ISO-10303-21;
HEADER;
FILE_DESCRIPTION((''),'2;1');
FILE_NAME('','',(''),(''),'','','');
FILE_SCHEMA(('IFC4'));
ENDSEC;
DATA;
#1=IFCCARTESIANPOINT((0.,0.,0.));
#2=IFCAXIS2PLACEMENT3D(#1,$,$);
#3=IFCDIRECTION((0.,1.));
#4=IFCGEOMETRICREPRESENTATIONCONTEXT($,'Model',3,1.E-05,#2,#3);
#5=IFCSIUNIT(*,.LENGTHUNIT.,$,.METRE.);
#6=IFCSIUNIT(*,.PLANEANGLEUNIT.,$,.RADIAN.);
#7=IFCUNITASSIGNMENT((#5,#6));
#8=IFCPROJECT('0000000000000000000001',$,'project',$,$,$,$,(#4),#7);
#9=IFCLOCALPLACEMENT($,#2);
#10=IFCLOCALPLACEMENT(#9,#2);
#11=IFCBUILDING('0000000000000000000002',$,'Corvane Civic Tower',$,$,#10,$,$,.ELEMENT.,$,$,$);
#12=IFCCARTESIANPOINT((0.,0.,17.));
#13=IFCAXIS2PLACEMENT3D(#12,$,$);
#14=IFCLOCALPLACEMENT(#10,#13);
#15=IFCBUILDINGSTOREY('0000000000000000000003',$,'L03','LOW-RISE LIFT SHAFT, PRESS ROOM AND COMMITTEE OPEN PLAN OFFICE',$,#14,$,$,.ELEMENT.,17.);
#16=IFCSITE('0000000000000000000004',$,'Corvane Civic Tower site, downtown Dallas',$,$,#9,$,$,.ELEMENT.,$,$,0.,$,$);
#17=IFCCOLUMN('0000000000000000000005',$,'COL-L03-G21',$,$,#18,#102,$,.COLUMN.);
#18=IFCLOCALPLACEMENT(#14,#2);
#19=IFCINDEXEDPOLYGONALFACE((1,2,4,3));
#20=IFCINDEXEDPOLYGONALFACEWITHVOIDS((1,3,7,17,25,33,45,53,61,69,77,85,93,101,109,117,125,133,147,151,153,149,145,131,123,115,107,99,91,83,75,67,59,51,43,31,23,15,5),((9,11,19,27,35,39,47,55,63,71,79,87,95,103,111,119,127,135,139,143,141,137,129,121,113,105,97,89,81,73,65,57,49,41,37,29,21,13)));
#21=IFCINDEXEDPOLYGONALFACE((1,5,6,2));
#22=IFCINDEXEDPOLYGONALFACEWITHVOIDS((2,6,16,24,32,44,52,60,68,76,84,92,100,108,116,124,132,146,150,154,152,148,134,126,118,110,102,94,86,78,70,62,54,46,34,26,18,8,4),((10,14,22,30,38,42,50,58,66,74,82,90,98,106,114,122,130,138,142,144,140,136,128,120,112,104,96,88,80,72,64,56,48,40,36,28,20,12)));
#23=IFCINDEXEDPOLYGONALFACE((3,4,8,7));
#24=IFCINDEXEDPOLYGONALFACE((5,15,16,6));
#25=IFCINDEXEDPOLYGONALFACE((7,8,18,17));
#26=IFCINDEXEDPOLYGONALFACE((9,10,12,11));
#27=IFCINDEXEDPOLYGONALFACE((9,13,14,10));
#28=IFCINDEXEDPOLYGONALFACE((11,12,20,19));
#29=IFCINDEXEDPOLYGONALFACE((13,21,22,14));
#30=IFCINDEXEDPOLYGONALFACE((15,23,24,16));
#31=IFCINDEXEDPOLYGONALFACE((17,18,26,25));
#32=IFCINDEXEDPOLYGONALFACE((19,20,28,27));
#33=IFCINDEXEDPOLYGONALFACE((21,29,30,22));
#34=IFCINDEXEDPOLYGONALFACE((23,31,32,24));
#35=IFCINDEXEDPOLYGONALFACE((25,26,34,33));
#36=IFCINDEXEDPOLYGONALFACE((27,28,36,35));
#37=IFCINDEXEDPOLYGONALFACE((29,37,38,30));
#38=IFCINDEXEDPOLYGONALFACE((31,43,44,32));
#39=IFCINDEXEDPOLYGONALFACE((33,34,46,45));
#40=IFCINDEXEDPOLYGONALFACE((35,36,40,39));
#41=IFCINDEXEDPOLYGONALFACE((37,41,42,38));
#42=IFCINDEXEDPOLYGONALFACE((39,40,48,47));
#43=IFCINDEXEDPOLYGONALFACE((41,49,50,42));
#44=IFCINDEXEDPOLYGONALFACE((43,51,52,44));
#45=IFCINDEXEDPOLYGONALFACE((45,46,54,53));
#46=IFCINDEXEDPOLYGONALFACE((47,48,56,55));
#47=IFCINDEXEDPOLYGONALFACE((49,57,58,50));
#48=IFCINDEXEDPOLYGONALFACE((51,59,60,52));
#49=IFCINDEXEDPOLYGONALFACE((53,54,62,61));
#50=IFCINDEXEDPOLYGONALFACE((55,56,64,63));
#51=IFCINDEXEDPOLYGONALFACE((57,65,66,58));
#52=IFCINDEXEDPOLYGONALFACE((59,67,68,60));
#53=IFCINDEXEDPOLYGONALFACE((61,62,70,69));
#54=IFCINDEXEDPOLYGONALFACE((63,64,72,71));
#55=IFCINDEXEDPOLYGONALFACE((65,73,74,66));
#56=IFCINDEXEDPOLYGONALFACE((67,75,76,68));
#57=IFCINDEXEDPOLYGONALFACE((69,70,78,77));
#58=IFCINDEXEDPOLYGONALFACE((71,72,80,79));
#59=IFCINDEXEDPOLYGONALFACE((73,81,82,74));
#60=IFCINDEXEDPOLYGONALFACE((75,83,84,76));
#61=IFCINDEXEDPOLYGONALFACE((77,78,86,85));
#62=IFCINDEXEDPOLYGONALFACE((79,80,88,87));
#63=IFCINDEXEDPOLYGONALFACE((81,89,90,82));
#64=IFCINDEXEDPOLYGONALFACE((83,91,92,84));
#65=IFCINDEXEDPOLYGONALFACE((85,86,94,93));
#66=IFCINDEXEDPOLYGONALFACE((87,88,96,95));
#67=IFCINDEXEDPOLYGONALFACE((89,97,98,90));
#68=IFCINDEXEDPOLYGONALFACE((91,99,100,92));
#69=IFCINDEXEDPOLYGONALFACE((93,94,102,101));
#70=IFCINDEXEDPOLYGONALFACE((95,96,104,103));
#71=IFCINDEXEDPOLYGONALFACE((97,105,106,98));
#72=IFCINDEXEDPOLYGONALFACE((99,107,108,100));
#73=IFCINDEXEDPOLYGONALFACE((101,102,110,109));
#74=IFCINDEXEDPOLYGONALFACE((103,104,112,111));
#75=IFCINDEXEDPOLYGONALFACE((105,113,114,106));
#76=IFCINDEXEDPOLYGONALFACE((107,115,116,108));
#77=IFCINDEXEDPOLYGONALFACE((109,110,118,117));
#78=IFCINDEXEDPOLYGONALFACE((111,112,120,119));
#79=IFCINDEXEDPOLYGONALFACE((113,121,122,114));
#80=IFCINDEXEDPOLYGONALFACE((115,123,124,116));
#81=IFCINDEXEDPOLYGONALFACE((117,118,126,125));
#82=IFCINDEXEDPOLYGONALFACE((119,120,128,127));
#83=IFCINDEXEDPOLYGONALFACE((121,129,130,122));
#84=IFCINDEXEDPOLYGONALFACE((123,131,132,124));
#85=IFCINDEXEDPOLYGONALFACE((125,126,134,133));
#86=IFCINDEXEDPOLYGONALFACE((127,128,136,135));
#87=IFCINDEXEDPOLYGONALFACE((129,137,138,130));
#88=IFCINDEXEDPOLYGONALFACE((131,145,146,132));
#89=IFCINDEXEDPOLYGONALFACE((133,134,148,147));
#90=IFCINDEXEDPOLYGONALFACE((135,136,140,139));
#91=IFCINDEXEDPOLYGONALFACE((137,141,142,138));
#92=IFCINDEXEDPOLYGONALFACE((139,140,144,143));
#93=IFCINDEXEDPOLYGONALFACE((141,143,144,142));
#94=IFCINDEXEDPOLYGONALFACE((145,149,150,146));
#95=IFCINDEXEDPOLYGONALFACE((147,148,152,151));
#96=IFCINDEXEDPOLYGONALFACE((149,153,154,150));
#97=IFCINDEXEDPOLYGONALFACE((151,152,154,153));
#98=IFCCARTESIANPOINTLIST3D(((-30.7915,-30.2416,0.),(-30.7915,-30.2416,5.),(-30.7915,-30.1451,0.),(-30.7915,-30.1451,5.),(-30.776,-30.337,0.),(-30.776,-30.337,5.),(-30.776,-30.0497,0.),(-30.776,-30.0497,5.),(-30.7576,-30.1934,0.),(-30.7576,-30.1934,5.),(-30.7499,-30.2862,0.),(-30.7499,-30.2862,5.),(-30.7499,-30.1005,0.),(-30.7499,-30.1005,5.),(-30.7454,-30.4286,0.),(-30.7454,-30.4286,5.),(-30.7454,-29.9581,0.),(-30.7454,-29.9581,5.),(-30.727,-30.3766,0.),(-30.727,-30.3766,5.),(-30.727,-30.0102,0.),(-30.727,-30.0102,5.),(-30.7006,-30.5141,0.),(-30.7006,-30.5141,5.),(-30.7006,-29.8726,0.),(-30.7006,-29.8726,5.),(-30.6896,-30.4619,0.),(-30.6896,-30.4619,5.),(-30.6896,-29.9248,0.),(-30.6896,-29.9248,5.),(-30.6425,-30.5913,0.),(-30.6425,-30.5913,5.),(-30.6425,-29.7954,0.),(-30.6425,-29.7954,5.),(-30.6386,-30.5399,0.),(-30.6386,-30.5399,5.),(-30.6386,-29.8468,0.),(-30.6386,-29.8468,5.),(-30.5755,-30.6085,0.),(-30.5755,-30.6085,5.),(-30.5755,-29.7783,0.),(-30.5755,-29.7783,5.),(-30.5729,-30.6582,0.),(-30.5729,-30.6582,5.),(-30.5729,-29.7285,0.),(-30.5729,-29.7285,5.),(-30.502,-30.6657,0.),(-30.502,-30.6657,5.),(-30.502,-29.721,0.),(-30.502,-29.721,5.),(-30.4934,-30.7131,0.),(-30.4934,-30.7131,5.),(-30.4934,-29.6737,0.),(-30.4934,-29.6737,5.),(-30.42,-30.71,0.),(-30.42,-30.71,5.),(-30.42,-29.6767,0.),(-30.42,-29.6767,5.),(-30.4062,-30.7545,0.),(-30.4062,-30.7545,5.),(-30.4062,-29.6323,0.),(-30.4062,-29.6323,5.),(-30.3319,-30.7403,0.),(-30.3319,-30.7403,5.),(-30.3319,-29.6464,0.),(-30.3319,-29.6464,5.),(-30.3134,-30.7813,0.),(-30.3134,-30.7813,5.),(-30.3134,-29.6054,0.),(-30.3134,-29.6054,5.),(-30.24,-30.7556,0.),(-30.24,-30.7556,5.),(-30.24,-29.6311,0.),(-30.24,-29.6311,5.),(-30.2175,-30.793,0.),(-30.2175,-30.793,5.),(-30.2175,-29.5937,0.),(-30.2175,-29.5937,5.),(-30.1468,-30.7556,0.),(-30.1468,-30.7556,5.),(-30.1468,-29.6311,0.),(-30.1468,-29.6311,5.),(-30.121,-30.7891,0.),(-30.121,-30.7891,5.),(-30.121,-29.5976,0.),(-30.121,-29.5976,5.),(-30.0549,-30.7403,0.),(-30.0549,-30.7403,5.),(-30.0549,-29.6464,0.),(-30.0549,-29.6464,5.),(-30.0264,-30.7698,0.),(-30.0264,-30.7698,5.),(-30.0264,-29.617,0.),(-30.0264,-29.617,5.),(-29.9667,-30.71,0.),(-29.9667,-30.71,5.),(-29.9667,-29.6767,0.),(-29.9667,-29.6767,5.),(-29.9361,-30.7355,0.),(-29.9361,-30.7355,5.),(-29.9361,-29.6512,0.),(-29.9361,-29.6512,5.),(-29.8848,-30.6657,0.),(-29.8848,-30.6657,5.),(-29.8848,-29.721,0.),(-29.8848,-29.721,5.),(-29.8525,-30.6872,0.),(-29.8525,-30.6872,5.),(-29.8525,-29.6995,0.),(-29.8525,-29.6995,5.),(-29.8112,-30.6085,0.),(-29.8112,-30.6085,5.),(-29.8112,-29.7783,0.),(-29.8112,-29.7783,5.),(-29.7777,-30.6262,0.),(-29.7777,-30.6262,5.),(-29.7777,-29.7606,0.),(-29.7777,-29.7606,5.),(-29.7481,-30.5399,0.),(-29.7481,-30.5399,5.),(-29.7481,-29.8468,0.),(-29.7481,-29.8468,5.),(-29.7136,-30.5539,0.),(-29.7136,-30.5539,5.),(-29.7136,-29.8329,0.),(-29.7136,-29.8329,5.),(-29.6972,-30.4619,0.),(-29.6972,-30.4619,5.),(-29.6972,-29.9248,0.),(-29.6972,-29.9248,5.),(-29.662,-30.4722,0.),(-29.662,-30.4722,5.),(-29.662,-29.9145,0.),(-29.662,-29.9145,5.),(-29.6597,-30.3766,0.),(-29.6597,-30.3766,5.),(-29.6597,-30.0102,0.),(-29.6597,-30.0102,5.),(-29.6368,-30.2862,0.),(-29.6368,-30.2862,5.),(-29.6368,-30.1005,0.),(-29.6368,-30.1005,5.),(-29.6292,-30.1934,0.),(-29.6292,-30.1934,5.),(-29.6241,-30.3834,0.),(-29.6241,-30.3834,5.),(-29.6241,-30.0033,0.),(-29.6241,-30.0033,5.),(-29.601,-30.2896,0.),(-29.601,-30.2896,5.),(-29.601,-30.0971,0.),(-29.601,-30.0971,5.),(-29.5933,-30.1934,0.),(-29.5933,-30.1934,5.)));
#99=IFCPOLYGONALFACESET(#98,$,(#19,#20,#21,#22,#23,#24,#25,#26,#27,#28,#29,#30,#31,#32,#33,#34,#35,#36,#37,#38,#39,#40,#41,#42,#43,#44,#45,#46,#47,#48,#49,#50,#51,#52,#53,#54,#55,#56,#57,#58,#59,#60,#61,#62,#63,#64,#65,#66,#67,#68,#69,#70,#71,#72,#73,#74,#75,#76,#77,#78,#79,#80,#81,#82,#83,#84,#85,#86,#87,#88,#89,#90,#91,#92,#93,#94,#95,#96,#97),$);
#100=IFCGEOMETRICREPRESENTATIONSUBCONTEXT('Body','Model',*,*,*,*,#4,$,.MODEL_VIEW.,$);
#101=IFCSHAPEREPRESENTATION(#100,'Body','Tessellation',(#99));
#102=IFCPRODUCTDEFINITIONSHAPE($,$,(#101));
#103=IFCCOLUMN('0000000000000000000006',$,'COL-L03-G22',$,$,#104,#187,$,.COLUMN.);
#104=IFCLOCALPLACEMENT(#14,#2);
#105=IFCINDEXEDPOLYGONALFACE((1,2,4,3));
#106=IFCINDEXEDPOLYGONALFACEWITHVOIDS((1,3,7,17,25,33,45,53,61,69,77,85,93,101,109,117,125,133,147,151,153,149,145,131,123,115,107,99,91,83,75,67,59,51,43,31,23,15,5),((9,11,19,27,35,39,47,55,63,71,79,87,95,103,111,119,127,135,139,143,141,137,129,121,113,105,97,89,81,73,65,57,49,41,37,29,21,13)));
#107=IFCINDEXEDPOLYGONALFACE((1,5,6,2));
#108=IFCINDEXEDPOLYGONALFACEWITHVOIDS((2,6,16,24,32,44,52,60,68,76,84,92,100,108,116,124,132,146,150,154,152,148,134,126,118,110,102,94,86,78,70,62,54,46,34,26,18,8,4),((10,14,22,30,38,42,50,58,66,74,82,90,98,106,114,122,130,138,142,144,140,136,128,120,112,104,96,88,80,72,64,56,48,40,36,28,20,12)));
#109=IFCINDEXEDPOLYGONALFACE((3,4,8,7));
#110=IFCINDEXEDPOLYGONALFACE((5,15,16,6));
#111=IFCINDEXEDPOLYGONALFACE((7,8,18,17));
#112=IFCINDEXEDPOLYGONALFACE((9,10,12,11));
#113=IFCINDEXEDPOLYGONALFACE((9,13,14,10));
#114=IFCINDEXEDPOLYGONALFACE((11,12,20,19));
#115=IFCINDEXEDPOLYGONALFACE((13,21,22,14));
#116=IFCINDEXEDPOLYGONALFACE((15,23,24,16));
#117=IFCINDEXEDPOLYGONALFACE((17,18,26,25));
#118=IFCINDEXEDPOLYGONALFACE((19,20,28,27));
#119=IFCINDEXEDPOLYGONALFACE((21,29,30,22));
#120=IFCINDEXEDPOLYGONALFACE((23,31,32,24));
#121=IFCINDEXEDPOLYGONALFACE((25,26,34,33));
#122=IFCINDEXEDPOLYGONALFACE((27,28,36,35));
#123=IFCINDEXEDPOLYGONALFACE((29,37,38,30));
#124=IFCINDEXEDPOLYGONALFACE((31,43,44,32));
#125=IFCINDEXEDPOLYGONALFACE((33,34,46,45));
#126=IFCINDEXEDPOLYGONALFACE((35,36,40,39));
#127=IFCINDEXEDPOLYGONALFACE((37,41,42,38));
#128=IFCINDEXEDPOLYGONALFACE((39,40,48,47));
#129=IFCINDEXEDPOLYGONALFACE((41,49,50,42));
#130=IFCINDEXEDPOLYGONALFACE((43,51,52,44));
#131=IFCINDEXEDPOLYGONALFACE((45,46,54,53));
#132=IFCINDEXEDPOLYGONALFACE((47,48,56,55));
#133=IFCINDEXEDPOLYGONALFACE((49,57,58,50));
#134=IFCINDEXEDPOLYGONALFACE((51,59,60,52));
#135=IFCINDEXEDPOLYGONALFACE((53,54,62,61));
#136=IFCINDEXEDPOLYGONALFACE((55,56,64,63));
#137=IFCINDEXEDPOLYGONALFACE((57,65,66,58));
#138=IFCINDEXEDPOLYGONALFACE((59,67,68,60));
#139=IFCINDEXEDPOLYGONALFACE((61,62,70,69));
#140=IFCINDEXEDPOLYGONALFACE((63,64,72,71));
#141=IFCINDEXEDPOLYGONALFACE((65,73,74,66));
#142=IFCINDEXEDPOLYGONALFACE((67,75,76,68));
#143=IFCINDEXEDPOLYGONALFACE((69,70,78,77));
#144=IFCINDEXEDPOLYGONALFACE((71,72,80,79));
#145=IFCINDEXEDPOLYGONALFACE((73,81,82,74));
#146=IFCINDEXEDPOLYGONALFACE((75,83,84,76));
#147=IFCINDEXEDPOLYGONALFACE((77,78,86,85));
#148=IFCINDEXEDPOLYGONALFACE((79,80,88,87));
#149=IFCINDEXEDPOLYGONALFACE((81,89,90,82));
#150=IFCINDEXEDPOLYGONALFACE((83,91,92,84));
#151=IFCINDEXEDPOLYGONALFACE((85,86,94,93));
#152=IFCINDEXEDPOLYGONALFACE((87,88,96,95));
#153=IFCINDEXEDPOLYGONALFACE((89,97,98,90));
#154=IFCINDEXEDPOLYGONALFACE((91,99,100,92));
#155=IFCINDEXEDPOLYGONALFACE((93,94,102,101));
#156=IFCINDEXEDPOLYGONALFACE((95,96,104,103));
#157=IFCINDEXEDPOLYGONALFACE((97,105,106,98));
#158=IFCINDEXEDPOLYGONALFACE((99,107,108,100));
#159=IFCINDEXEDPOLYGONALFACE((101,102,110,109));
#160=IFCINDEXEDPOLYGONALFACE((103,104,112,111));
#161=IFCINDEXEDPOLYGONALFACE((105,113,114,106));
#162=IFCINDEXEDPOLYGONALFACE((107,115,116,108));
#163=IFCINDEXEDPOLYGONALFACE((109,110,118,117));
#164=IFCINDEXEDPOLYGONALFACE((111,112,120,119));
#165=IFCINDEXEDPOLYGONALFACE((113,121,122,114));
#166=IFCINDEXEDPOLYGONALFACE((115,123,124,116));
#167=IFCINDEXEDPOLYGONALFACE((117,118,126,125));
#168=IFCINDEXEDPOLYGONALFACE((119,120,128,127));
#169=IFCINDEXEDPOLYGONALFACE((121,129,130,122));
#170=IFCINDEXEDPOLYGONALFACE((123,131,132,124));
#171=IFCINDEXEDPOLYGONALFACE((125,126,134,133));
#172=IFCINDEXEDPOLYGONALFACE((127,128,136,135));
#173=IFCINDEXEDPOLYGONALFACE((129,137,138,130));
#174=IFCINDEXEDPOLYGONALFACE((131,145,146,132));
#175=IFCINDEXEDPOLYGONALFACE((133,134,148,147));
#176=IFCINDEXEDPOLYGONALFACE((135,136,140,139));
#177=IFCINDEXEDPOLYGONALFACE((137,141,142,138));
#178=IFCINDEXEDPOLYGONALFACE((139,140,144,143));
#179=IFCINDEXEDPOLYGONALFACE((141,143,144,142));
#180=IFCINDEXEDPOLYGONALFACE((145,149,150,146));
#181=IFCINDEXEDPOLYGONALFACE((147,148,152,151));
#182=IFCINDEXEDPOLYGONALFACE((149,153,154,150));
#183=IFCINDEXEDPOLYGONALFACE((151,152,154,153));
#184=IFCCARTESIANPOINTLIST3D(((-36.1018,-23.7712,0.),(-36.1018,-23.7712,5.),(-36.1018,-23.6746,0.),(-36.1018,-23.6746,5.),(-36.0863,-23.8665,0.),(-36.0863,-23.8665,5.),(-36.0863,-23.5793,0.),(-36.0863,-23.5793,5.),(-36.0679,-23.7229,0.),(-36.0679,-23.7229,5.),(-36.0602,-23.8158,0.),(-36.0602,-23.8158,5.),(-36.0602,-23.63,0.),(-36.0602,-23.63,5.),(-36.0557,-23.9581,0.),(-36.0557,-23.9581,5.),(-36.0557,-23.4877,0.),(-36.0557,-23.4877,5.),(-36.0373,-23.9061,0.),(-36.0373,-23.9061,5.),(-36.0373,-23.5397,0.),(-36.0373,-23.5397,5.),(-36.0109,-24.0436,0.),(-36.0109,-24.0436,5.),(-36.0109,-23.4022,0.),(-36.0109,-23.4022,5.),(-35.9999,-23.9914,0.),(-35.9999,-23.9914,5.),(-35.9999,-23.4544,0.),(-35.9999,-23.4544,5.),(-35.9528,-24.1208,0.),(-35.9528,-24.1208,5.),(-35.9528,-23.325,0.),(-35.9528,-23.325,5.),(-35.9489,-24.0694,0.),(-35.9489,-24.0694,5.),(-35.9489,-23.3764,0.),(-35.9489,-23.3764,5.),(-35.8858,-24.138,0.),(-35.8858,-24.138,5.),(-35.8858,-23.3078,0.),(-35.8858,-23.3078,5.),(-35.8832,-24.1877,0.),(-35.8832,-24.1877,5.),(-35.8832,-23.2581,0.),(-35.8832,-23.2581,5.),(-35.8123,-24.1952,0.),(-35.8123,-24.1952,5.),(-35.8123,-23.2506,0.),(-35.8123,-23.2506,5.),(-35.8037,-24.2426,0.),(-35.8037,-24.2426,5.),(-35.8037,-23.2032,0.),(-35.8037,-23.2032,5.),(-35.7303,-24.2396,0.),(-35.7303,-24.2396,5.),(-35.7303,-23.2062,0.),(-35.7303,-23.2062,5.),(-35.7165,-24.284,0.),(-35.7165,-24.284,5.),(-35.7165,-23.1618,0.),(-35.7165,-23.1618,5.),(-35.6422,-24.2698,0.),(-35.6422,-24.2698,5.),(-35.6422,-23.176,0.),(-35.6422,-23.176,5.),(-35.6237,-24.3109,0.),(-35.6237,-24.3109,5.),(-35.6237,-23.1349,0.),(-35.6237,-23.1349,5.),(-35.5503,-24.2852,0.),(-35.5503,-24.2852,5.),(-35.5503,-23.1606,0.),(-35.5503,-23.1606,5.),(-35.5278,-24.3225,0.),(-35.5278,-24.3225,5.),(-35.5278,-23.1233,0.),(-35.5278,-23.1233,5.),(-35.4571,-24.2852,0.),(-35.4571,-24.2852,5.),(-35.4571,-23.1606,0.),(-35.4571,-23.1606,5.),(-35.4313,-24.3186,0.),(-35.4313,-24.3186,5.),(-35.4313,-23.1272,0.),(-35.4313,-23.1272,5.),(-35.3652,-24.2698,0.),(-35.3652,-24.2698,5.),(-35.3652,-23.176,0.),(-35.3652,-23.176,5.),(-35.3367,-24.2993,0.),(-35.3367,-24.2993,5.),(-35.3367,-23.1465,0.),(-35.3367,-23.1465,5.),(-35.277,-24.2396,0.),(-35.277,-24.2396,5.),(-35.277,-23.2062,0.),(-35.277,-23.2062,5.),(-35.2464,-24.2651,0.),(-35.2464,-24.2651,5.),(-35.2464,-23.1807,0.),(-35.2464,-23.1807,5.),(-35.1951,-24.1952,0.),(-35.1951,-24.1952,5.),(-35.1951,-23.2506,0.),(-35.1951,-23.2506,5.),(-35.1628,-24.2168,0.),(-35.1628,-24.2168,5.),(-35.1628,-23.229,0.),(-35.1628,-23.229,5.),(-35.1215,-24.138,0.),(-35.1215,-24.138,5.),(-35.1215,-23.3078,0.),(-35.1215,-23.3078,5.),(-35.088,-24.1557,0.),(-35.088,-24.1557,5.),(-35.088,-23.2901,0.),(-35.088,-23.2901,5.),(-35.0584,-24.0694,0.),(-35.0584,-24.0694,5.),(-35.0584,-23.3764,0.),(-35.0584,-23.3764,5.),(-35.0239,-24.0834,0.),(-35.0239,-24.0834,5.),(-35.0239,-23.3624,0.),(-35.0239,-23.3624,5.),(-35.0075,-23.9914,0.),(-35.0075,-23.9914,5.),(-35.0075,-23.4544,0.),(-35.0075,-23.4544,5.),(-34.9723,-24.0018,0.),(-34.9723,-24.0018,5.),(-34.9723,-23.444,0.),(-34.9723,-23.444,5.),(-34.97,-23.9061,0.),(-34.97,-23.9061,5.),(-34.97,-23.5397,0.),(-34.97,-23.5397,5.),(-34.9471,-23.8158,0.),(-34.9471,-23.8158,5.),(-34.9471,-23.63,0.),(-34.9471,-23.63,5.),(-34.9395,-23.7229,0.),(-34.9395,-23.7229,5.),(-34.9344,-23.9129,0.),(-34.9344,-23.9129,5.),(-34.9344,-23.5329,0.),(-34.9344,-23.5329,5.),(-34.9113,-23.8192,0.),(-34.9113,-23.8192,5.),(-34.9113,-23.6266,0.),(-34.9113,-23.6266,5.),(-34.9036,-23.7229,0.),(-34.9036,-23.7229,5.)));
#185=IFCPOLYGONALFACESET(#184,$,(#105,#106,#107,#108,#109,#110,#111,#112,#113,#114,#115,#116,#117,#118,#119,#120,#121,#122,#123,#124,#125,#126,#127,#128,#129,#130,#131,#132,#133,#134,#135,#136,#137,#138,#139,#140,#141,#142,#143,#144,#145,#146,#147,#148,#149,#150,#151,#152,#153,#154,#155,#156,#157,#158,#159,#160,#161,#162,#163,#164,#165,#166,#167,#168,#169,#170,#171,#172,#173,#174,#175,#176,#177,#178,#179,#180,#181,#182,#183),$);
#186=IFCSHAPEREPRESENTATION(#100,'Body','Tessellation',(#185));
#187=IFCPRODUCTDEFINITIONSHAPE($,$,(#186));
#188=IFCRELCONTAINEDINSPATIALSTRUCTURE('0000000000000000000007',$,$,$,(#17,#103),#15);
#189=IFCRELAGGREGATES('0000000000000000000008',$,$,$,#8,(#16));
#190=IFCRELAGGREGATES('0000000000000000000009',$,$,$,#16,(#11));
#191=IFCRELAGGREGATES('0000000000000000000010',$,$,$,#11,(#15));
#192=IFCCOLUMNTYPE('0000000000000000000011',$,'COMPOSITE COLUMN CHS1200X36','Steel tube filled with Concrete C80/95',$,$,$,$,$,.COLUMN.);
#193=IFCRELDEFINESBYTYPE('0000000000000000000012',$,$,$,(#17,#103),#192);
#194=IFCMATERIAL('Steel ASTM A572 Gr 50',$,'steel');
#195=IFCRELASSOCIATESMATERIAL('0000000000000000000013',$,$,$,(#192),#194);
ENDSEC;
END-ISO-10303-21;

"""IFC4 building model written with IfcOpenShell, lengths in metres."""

from ifc_helpers import new_model, si_unit, direction, frame, origin, origin_2d, place, context, subcontext, project, spatial, hollow_circle, extrude, material, material_profile, profile_set, type_object, element, save


model = new_model("IFC4")

# Units and contexts
model_context = context("Model", 3, precision=1e-05, world=origin(), true_north=direction((0.0, 1.0)))
body_context = subcontext(model_context, "Body", "Model", "MODEL_VIEW")
ifc_project = project(units=[si_unit("LENGTHUNIT", "METRE"), si_unit("PLANEANGLEUNIT", "RADIAN")], contexts=[model_context])

# Site, building, storey
site_placement = place(None, origin())
site = spatial("IfcSite", under=ifc_project, at=site_placement, Name="Corvane Civic Tower site, downtown Dallas", CompositionType="ELEMENT", RefElevation=0.0)
building_placement = place(site_placement, origin())
building = spatial("IfcBuilding", under=site, at=building_placement, Name="Corvane Civic Tower", CompositionType="ELEMENT")
storey_placement = place(building_placement, frame((0.0, 0.0, 17.0)))
storey = spatial("IfcBuildingStorey", under=building, at=storey_placement, Name="L03", Description="LOW-RISE LIFT SHAFT, PRESS ROOM AND COMMITTEE OPEN PLAN OFFICE", CompositionType="ELEMENT", Elevation=17.0)

# Columns
ifc_material_1 = material(Name="Steel ASTM A572 Gr 50", Category="steel")
ifc_material_profile_1 = material_profile(ifc_material_1, hollow_circle(Radius=0.6001, WallThickness=0.0359, at=origin_2d()), Name="CHS1200X36")
ifc_profile_set_1 = profile_set([ifc_material_profile_1], Name="Steel ASTM A572 Gr 50")
column_type_1 = type_object("IfcColumnType", Name="COMPOSITE COLUMN CHS1200X36", Description="Steel tube filled with Concrete C80/95", PredefinedType="COLUMN", material=ifc_profile_set_1)
for number, where, z_axis, x_axis, name in (
    (1, (-30.1934, -30.1934, 0.0), (0.0, 0.0, 1.0), (1.0, 0.0, 0.0), "COL-L03-G21"),
    (2, (-35.5037, -23.7229, 0.0), (0.0, 0.0, 1.0), (1.0, 0.0, 0.0), "COL-L03-G22"),
):
    element("IfcColumn", number, at=place(storey_placement, frame(where, z_axis=z_axis, x_axis=x_axis)), inside=storey, type_object=column_type_1, Name=name, PredefinedType="COLUMN", context=body_context, shape_type="SweptSolid", body=[
        extrude(hollow_circle(Radius=0.6001, WallThickness=0.0359, at=origin_2d()), origin(), (0.0, 0.0, 1.0), 5.0),
    ])

save(model, "model.ifc")
